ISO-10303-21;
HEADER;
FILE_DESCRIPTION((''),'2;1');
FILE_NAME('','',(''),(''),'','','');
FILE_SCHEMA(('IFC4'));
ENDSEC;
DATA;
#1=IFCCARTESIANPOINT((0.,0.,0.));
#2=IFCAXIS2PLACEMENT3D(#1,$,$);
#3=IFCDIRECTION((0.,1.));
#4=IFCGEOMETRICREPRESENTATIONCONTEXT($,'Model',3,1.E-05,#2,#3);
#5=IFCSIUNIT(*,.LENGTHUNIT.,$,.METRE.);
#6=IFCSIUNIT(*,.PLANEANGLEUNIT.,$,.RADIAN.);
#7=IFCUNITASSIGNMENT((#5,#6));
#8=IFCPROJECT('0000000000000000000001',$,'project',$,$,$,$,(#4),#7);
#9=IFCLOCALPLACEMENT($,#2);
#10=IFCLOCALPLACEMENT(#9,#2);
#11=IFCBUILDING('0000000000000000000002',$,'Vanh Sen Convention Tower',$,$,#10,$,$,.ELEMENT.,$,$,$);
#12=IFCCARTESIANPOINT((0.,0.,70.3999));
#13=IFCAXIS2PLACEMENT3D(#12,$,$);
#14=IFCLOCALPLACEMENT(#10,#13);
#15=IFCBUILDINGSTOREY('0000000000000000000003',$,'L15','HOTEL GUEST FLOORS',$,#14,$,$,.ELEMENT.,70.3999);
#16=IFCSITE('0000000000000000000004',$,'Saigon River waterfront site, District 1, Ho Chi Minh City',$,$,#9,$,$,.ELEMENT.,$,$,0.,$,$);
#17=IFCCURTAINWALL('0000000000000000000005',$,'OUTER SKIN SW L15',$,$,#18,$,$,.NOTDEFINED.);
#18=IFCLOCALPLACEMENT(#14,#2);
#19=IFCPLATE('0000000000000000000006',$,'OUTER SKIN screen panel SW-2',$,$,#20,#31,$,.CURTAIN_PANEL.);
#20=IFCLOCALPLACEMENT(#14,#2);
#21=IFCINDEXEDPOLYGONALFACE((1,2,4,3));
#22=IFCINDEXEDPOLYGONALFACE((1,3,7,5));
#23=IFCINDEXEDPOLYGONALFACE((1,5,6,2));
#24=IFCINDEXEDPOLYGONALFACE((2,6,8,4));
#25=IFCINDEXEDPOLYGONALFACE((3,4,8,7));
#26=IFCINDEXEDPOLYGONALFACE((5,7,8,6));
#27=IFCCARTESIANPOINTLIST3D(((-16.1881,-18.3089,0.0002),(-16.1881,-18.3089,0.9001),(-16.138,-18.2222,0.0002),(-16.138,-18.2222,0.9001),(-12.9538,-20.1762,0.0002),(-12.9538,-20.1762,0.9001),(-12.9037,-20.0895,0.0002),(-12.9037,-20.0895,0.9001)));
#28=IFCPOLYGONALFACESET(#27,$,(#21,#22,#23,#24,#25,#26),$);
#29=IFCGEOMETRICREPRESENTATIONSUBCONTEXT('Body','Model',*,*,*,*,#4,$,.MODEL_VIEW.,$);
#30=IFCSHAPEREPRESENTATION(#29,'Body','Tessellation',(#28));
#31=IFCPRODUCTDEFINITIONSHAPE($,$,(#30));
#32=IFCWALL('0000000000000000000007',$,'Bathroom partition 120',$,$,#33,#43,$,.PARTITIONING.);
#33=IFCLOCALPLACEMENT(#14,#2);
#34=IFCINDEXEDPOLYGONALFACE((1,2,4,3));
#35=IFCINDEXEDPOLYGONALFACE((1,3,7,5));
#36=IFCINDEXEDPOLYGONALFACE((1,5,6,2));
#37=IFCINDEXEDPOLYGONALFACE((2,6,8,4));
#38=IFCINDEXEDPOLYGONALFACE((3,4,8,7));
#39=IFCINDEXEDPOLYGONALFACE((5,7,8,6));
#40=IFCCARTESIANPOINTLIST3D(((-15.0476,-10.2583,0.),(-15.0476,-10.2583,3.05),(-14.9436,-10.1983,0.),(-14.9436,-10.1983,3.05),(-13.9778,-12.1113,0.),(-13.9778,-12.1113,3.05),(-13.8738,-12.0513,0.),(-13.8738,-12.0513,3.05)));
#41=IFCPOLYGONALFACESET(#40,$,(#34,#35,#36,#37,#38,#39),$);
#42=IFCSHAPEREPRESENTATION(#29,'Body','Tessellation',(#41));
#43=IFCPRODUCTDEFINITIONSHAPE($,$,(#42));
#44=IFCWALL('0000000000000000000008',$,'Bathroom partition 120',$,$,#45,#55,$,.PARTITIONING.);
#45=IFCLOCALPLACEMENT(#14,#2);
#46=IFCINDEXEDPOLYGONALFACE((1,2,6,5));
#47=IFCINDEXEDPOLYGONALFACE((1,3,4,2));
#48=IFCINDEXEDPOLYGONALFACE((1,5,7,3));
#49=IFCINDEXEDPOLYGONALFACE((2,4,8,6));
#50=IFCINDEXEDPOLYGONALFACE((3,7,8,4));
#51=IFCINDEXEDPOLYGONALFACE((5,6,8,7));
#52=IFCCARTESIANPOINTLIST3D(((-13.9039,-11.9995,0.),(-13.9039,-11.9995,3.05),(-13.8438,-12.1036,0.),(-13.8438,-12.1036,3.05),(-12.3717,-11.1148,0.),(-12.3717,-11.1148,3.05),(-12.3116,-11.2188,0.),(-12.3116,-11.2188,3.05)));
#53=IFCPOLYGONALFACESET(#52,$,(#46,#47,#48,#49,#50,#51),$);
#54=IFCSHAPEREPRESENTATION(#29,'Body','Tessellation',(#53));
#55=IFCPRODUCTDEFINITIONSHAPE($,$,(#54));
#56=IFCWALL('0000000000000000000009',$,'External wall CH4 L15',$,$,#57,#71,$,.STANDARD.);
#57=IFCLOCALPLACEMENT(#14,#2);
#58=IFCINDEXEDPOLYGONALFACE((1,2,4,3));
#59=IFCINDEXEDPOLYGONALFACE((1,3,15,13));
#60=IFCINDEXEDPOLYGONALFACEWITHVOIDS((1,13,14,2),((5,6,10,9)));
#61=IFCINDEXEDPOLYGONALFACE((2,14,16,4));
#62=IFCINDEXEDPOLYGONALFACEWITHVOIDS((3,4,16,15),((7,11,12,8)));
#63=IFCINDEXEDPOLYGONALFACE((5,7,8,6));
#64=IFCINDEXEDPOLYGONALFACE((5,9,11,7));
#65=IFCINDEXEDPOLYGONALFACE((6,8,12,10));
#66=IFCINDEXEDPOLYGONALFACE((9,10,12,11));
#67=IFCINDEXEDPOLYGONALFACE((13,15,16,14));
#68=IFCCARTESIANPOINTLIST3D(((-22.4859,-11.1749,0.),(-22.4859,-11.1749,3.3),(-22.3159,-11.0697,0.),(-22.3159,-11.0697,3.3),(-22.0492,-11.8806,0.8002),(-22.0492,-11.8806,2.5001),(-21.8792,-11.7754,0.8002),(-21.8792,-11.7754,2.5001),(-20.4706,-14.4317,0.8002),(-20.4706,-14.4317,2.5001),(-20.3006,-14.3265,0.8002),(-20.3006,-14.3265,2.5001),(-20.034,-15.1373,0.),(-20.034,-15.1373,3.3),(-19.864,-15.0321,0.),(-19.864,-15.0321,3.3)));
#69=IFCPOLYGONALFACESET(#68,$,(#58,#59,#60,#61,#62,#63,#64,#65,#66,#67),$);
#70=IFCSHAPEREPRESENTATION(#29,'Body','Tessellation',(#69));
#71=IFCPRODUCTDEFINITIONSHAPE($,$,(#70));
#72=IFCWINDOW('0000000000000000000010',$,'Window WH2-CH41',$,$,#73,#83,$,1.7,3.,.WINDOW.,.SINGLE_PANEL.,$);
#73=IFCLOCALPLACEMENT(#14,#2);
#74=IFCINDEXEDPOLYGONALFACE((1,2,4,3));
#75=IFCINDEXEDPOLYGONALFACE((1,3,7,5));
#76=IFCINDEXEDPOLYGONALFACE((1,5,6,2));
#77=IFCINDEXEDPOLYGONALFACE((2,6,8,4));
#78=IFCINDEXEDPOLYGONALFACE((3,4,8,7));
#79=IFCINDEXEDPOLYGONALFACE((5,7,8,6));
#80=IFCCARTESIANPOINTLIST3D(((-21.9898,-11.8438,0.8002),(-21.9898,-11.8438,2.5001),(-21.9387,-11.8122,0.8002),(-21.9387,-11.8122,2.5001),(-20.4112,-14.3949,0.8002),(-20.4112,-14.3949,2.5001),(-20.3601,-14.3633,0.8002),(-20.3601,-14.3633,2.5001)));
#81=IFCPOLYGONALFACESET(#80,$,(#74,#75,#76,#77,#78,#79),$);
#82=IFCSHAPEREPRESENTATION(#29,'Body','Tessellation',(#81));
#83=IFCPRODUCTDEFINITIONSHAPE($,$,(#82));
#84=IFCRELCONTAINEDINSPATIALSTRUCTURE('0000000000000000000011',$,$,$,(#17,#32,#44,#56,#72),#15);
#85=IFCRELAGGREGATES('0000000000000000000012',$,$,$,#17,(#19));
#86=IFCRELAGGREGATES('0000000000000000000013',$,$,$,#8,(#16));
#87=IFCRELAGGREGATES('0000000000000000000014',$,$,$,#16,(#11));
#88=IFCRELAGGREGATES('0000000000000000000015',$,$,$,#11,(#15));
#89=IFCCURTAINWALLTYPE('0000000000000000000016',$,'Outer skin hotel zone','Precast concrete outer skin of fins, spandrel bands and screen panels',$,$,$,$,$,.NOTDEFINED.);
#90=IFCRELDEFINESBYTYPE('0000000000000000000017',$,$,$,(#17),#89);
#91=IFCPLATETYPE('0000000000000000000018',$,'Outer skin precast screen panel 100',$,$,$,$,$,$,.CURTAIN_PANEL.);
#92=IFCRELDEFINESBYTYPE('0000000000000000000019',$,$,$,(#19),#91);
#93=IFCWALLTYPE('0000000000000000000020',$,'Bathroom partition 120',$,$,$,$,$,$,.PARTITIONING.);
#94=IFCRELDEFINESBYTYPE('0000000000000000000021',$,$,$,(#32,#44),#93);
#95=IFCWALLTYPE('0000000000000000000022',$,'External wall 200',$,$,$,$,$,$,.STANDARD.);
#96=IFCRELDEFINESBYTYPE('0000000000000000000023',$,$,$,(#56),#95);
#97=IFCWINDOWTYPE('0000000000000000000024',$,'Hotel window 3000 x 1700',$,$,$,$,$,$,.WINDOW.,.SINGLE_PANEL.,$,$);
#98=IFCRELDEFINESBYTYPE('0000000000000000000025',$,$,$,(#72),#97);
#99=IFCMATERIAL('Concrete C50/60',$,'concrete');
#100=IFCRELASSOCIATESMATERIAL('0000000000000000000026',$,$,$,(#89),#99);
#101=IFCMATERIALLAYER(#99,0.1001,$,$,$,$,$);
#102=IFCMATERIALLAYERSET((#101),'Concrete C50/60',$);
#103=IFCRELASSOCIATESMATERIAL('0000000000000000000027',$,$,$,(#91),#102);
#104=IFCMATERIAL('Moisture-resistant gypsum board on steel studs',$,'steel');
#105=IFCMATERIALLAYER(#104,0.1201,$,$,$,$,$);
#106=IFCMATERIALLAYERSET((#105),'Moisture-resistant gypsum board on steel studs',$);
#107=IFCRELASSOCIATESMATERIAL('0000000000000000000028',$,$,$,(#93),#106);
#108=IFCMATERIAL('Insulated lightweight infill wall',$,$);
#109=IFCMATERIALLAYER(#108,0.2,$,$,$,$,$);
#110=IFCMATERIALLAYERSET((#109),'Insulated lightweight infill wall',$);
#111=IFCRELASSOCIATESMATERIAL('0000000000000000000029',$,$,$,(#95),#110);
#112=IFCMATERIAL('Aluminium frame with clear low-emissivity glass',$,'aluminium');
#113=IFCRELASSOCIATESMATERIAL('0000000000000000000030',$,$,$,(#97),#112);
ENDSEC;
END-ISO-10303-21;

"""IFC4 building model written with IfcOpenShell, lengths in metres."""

from ifc_helpers import new_model, si_unit, direction, frame, frame_2d, origin, origin_2d, place, context, subcontext, project, spatial, rectangle, extrude, material, layer, layer_set, type_object, element, fill, aggregate, save


model = new_model("IFC4")

# Units and contexts
model_context = context("Model", 3, precision=1e-05, world=origin(), true_north=direction((0.0, 1.0)))
body_context = subcontext(model_context, "Body", "Model", "MODEL_VIEW")
ifc_project = project(units=[si_unit("LENGTHUNIT", "METRE"), si_unit("PLANEANGLEUNIT", "RADIAN")], contexts=[model_context])

# Site, building, storey
site_placement = place(None, origin())
site = spatial("IfcSite", under=ifc_project, at=site_placement, Name="Saigon River waterfront site, District 1, Ho Chi Minh City", CompositionType="ELEMENT", RefElevation=0.0)
building_placement = place(site_placement, origin())
building = spatial("IfcBuilding", under=site, at=building_placement, Name="Vanh Sen Convention Tower", CompositionType="ELEMENT")
storey_placement = place(building_placement, frame((0.0, 0.0, 70.3999)))
storey = spatial("IfcBuildingStorey", under=building, at=storey_placement, Name="L15", Description="HOTEL GUEST FLOORS", CompositionType="ELEMENT", Elevation=70.3999)

# Curtain wall
ifc_material_1 = material(Name="Concrete C50/60", Category="concrete")
curtain_wall_type = type_object("IfcCurtainWallType", Name="Outer skin hotel zone", Description="Precast concrete outer skin of fins, spandrel bands and screen panels", PredefinedType="NOTDEFINED", material=ifc_material_1)
curtain_wall_1_placement = place(storey_placement, origin())
curtain_wall_1 = element("IfcCurtainWall", 1, at=curtain_wall_1_placement, inside=storey, type_object=curtain_wall_type, Name="OUTER SKIN SW L15", PredefinedType="NOTDEFINED")

# Shared definitions
ifc_layer_1 = layer(ifc_material_1, 0.1001)
ifc_layer_set_1 = layer_set([ifc_layer_1], Name="Concrete C50/60")
plate_type = type_object("IfcPlateType", Name="Outer skin precast screen panel 100", PredefinedType="CURTAIN_PANEL", material=ifc_layer_set_1)

# Plate
plate_1_placement = place(storey_placement, frame((-14.5459, -19.1992, 0.0002), z_axis=(0.0, 0.0, 1.0), x_axis=(0.866032, -0.499988, 0.0)))
plate_1 = element("IfcPlate", 2, at=plate_1_placement, type_object=plate_type, Name="OUTER SKIN screen panel SW-2", PredefinedType="CURTAIN_PANEL", context=body_context, shape_type="SweptSolid", body=[
    extrude(rectangle(XDim=3.7346, YDim=0.1001, at=origin_2d()), origin(), (0.0, 0.0, 1.0), 0.8999),
])
aggregate(curtain_wall_1, [plate_1])

# Walls
ifc_material_2 = material(Name="Moisture-resistant gypsum board on steel studs", Category="steel")
ifc_layer_2 = layer(ifc_material_2, 0.1201)
ifc_layer_set_2 = layer_set([ifc_layer_2], Name="Moisture-resistant gypsum board on steel studs")
wall_type_1 = type_object("IfcWallType", Name="Bathroom partition 120", PredefinedType="PARTITIONING", material=ifc_layer_set_2)
wall_1_placement = place(storey_placement, frame((-13.9258, -12.0813, 0.0), z_axis=(0.0, 0.0, 1.0), x_axis=(-0.499992, 0.86603, 0.0)))
element("IfcWall", 3, at=wall_1_placement, inside=storey, type_object=wall_type_1, Name="Bathroom partition 120", PredefinedType="PARTITIONING", context=body_context, shape_type="SweptSolid", body=[
    extrude(rectangle(XDim=2.1396, YDim=0.1201, at=frame_2d((1.0698, 0.0))), origin(), (0.0, 0.0, 1.0), 3.05),
])
wall_2_placement = place(storey_placement, frame((-12.3416, -11.1667, 0.0), z_axis=(0.0, 0.0, 1.0), x_axis=(-0.865993, -0.500057, 0.0)))
element("IfcWall", 4, at=wall_2_placement, inside=storey, type_object=wall_type_1, Name="Bathroom partition 120", PredefinedType="PARTITIONING", context=body_context, shape_type="SweptSolid", body=[
    extrude(rectangle(XDim=1.7693, YDim=0.1201, at=frame_2d((0.8848, 0.0))), origin(), (0.0, 0.0, 1.0), 3.05),
])

# Wall, opening, window
ifc_material_3 = material(Name="Insulated lightweight infill wall")
ifc_layer_3 = layer(ifc_material_3, 0.2)
ifc_layer_set_3 = layer_set([ifc_layer_3], Name="Insulated lightweight infill wall")
wall_type_2 = type_object("IfcWallType", Name="External wall 200", PredefinedType="STANDARD", material=ifc_layer_set_3)
wall_3_placement = place(storey_placement, frame((-22.4009, -11.1223, 0.0), z_axis=(0.0, 0.0, 1.0), x_axis=(0.526198, -0.850362, 0.0)))
wall_3 = element("IfcWall", 5, at=wall_3_placement, inside=storey, type_object=wall_type_2, Name="External wall CH4 L15", PredefinedType="STANDARD", context=body_context, shape_type="SweptSolid", body=[
    extrude(rectangle(XDim=4.6597, YDim=0.2, at=frame_2d((2.3298, 0.0))), origin(), (0.0, 0.0, 1.0), 3.3),
])
opening_1_placement = place(wall_3_placement, frame((0.8298, 0.0, 0.8)))
opening_1 = element("IfcOpeningElement", 6, at=opening_1_placement, cuts=wall_3, PredefinedType="OPENING", context=body_context, shape_type="SweptSolid", body=[
    extrude(rectangle(XDim=3.0, YDim=1.7, at=frame_2d((1.5, 0.8501))), frame((0.0, 0.1099, 0.0), z_axis=(0.0, -1.0, 0.0), x_axis=(1.0, 0.0, 0.0)), (0.0, 0.0, 1.0), 0.22),
])
ifc_material_4 = material(Name="Aluminium frame with clear low-emissivity glass", Category="aluminium")
window_type_1 = type_object("IfcWindowType", Name="Hotel window 3000 x 1700", PartitioningType="SINGLE_PANEL", PredefinedType="WINDOW", material=ifc_material_4)
window_1_placement = place(opening_1_placement, origin())
window_1 = element("IfcWindow", 7, at=window_1_placement, inside=storey, type_object=window_type_1, Name="Window WH2-CH41", OverallHeight=1.7, OverallWidth=3.0, PartitioningType="SINGLE_PANEL", PredefinedType="WINDOW", context=body_context, shape_type="SweptSolid", body=[
    extrude(rectangle(XDim=3.0, YDim=1.7, at=frame_2d((1.5, 0.8501))), frame((0.0, 0.03, 0.0), z_axis=(0.0, -1.0, 0.0), x_axis=(1.0, 0.0, 0.0)), (0.0, 0.0, 1.0), 0.0601),
])
fill(opening_1, window_1)

save(model, "model.ifc")
